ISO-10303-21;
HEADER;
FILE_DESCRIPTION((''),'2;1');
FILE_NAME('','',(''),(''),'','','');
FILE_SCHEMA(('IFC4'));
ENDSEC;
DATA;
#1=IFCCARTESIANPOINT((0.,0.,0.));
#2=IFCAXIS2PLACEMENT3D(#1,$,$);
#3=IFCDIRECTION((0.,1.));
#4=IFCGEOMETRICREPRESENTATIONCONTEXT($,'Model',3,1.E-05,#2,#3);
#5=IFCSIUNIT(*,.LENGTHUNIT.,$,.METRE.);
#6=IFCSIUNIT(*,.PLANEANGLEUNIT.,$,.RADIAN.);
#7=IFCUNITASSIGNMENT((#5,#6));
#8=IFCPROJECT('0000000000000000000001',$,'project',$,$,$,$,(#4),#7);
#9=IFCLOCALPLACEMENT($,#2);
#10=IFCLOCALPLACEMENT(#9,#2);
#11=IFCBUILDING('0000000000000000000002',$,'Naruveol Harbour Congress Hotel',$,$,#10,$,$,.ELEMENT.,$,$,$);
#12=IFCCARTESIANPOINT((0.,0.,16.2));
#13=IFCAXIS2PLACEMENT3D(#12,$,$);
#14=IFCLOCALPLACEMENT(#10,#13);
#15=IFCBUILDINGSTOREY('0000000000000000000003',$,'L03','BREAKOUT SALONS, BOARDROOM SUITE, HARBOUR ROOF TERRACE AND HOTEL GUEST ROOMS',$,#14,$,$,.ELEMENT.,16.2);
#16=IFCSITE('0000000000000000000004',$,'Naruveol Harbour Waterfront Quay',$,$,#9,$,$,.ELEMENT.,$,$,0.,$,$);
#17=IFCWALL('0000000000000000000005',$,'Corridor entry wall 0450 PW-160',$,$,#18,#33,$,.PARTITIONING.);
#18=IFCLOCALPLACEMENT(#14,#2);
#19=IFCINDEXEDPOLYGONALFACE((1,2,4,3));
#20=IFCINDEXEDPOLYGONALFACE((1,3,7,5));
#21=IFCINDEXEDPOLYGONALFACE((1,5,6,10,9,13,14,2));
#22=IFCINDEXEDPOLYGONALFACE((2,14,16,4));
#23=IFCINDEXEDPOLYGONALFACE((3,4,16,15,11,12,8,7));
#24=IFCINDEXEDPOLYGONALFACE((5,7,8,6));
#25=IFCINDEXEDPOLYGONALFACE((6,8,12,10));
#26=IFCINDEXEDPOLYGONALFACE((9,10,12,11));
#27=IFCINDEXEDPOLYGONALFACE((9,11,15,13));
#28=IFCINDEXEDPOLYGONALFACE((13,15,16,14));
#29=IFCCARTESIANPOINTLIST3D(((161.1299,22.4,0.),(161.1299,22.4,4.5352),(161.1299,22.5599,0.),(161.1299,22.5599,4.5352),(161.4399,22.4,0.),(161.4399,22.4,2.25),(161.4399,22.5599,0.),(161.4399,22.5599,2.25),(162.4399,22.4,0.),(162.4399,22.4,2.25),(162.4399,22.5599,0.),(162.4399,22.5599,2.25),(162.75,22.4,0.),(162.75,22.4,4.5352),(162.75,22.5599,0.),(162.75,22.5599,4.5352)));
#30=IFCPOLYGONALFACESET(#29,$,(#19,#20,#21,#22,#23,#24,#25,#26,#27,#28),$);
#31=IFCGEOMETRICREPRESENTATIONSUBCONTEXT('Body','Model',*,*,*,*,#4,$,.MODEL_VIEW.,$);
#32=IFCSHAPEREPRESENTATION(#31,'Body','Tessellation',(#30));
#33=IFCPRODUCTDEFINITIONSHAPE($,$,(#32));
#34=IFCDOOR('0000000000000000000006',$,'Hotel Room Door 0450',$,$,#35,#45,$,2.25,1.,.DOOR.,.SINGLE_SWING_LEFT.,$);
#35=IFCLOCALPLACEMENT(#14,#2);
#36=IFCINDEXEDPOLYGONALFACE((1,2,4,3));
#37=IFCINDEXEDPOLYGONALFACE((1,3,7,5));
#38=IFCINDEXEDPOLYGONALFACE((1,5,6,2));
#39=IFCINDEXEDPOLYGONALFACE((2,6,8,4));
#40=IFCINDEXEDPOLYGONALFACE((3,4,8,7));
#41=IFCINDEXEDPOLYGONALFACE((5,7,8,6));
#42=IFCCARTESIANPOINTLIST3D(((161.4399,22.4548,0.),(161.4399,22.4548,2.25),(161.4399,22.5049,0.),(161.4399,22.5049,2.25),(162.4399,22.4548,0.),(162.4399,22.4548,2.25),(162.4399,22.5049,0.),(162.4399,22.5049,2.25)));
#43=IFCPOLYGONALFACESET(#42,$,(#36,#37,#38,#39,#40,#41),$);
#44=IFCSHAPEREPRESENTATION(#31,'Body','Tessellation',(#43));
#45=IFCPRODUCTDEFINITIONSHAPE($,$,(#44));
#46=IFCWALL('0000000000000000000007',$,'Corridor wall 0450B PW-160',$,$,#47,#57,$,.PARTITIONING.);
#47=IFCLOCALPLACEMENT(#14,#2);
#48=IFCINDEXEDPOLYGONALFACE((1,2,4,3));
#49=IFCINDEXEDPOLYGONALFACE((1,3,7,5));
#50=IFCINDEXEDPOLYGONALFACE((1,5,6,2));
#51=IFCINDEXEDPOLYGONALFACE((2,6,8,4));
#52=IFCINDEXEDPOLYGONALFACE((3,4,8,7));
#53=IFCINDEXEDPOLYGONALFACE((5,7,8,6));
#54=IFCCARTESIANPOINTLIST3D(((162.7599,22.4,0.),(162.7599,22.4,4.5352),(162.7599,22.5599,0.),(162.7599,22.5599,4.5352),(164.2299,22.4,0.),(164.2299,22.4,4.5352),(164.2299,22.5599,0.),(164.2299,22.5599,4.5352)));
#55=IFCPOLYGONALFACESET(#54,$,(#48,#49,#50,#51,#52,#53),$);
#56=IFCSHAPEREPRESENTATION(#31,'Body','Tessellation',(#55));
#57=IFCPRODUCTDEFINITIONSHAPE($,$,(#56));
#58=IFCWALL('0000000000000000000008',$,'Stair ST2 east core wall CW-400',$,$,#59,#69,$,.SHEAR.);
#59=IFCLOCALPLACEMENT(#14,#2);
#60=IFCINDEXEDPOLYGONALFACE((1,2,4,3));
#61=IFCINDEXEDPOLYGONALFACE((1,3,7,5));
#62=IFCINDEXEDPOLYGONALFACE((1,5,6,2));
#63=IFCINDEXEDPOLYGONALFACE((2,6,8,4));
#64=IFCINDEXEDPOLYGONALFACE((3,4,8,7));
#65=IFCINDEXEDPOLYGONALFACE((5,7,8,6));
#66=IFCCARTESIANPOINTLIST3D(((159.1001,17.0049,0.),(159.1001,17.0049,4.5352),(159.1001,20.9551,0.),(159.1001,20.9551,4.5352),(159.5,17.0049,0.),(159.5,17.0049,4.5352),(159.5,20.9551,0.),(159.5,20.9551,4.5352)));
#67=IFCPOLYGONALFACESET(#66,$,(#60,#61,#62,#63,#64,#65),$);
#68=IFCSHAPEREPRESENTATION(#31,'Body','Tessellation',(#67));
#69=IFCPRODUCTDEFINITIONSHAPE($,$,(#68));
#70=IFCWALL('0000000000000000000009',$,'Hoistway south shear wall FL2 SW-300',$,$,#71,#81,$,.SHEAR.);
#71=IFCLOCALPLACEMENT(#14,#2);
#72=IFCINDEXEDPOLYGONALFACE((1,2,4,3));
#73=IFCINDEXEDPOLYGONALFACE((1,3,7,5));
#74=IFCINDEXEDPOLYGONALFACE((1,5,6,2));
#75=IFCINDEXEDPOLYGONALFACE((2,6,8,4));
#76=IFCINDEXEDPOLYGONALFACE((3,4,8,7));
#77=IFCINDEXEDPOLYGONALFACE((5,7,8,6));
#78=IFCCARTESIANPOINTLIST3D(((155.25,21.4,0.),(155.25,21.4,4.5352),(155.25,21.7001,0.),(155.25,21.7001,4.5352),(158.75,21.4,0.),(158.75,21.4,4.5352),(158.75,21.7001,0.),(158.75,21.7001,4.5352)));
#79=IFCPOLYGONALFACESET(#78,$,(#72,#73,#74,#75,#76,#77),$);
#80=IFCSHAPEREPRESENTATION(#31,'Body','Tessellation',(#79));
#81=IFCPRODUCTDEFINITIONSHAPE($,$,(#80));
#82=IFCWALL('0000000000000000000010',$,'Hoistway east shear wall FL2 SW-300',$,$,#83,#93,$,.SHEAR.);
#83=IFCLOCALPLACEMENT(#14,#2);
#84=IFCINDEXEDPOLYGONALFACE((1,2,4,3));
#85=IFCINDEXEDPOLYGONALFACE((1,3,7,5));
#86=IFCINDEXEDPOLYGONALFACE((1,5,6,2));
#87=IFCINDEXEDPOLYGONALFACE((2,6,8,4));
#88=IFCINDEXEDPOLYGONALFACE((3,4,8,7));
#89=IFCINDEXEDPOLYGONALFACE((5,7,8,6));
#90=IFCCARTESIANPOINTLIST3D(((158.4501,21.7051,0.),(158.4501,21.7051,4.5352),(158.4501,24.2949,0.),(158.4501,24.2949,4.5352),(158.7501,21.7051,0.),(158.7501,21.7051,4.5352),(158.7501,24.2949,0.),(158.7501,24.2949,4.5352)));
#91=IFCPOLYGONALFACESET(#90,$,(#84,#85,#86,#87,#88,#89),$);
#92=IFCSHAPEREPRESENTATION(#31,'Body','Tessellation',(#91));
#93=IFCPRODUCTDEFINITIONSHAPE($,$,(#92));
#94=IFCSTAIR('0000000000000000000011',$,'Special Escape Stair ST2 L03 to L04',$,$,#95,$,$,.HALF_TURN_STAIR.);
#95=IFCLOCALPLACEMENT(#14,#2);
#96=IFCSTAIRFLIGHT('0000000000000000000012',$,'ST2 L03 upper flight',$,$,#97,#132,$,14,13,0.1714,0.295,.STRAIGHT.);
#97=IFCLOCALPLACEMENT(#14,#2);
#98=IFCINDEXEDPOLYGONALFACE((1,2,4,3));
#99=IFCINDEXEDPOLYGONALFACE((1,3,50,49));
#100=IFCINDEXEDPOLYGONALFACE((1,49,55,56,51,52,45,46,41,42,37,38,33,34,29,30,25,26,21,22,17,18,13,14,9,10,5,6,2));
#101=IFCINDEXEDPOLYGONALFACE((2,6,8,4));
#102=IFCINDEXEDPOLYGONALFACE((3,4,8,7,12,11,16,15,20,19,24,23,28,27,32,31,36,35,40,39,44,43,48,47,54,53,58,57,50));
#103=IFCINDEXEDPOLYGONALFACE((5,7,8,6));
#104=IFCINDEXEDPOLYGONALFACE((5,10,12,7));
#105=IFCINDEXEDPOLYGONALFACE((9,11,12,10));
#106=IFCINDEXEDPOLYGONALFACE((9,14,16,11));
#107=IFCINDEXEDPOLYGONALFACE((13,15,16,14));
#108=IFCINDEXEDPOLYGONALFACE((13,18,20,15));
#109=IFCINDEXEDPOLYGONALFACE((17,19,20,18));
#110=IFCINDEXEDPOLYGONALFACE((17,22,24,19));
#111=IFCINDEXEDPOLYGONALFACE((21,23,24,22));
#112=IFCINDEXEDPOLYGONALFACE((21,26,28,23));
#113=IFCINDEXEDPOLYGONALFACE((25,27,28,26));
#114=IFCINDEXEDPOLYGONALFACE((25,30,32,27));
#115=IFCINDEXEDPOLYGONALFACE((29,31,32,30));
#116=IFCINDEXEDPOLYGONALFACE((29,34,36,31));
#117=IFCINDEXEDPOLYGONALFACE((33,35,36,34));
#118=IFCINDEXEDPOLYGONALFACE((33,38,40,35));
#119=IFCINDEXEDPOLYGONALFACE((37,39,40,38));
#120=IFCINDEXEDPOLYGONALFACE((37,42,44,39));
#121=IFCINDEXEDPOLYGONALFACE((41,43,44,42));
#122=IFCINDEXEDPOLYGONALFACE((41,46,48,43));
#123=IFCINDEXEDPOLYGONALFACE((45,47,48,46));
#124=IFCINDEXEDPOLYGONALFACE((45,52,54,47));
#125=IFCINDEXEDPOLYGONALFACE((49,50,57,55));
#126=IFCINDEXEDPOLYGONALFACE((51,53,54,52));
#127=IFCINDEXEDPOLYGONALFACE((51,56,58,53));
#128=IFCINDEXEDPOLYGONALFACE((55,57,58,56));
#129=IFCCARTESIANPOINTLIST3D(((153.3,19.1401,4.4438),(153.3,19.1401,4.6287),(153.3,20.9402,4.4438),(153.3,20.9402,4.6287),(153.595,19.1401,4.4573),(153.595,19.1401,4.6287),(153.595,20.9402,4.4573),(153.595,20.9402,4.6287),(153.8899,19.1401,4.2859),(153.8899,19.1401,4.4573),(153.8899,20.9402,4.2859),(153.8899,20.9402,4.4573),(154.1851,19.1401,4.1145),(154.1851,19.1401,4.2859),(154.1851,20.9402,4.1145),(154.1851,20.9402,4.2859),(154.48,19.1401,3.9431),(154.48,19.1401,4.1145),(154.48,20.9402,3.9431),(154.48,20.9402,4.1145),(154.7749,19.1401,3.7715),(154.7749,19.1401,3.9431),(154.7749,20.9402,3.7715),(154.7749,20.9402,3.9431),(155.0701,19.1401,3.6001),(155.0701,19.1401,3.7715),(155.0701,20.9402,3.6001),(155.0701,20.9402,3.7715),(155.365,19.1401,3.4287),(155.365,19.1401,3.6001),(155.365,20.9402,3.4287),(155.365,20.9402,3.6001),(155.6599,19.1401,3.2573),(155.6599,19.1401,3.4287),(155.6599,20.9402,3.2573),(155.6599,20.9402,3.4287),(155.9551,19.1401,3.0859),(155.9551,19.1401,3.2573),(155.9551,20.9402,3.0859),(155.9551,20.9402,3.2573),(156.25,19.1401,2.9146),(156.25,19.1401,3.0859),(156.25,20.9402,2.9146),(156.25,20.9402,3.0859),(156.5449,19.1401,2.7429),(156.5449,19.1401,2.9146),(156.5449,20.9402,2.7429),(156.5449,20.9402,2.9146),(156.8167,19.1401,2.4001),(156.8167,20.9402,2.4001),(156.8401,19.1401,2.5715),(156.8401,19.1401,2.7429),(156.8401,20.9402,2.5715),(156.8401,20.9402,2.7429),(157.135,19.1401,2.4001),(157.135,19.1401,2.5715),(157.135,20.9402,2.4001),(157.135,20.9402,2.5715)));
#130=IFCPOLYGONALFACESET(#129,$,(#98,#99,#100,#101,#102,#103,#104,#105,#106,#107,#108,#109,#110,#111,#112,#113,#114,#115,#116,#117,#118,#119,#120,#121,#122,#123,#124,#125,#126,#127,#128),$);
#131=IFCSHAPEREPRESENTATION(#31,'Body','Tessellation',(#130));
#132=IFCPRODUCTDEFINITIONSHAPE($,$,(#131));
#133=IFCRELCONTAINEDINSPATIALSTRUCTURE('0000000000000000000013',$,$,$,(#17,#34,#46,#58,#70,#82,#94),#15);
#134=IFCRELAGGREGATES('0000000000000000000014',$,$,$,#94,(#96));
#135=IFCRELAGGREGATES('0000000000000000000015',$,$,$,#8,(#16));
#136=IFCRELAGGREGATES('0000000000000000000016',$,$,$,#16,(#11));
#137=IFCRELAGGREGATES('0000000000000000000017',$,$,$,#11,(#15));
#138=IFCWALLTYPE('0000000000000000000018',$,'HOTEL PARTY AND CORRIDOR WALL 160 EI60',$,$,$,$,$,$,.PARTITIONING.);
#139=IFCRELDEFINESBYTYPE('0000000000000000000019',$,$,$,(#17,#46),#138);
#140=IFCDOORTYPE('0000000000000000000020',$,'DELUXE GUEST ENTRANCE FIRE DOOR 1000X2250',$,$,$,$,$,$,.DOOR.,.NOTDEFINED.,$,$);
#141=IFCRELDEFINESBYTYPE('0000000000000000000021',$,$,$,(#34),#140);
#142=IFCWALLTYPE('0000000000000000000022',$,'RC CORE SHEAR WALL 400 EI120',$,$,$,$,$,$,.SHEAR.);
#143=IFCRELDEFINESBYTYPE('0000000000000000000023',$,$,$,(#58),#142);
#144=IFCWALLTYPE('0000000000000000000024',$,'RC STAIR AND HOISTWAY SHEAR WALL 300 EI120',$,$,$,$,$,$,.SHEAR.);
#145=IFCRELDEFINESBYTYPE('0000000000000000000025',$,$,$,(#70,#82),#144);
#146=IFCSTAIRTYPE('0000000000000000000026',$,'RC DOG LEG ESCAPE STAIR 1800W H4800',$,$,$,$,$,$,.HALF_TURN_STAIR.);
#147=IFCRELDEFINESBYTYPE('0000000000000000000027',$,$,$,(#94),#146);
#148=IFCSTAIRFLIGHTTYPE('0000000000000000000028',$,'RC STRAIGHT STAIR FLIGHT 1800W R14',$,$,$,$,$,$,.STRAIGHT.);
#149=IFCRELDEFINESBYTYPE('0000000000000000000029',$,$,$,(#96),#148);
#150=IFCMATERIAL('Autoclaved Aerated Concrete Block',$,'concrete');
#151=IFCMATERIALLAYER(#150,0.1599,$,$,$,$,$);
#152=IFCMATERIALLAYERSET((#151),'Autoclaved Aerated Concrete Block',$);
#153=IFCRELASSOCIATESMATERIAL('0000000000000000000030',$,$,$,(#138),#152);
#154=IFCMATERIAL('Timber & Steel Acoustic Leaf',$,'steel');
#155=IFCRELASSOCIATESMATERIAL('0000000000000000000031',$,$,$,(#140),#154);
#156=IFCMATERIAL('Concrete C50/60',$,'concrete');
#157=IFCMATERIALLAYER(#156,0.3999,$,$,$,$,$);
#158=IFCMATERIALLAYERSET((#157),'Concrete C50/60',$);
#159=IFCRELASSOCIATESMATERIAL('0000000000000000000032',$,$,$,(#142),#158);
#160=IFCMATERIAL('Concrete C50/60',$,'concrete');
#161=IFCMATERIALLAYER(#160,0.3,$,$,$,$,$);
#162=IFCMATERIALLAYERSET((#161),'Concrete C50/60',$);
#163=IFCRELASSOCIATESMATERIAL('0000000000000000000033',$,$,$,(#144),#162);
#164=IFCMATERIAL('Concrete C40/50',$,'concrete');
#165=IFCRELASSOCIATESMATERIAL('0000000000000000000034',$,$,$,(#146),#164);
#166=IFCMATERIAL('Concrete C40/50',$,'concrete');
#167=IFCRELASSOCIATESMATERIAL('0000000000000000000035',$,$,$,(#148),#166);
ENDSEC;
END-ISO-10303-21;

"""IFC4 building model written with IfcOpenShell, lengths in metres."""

from ifc_helpers import new_model, si_unit, direction, frame, frame_2d, origin, place, context, subcontext, project, spatial, polyline, rectangle, outline, extrude, material, layer, layer_set, type_object, element, fill, aggregate, save


model = new_model("IFC4")

# Units and contexts
model_context = context("Model", 3, precision=1e-05, world=origin(), true_north=direction((0.0, 1.0)))
body_context = subcontext(model_context, "Body", "Model", "MODEL_VIEW")
ifc_project = project(units=[si_unit("LENGTHUNIT", "METRE"), si_unit("PLANEANGLEUNIT", "RADIAN")], contexts=[model_context])

# Site, building, storey
site_placement = place(None, origin())
site = spatial("IfcSite", under=ifc_project, at=site_placement, Name="Naruveol Harbour Waterfront Quay", CompositionType="ELEMENT", RefElevation=0.0)
building_placement = place(site_placement, origin())
building = spatial("IfcBuilding", under=site, at=building_placement, Name="Naruveol Harbour Congress Hotel", CompositionType="ELEMENT")
storey_placement = place(building_placement, frame((0.0, 0.0, 16.2)))
storey = spatial("IfcBuildingStorey", under=building, at=storey_placement, Name="L03", Description="BREAKOUT SALONS, BOARDROOM SUITE, HARBOUR ROOF TERRACE AND HOTEL GUEST ROOMS", CompositionType="ELEMENT", Elevation=16.2)

# Wall, opening, door
ifc_material_1 = material(Name="Autoclaved Aerated Concrete Block", Category="concrete")
ifc_layer_1 = layer(ifc_material_1, 0.1599)
ifc_layer_set_1 = layer_set([ifc_layer_1], Name="Autoclaved Aerated Concrete Block")
wall_type_1 = type_object("IfcWallType", Name="HOTEL PARTY AND CORRIDOR WALL 160 EI60", PredefinedType="PARTITIONING", material=ifc_layer_set_1)
wall_1_placement = place(storey_placement, frame((161.1299, 22.48, 0.0), z_axis=(0.0, 0.0, 1.0), x_axis=(1.0, 0.0, 0.0)))
wall_1 = element("IfcWall", 1, at=wall_1_placement, inside=storey, type_object=wall_type_1, Name="Corridor entry wall 0450 PW-160", PredefinedType="PARTITIONING", context=body_context, shape_type="SweptSolid", body=[
    extrude(rectangle(XDim=1.6201, YDim=0.1599, at=frame_2d((0.8101, 0.0))), origin(), (0.0, 0.0, 1.0), 4.5352),
])
opening_1_placement = place(wall_1_placement, frame((0.3101, 0.0, 0.0)))
opening_1 = element("IfcOpeningElement", 2, at=opening_1_placement, cuts=wall_1, PredefinedType="OPENING", context=body_context, shape_type="SweptSolid", body=[
    extrude(rectangle(XDim=1.0, YDim=2.25, at=frame_2d((0.5, 1.125))), frame((0.0, 0.0898, 0.0), z_axis=(0.0, -1.0, 0.0), x_axis=(1.0, 0.0, 0.0)), (0.0, 0.0, 1.0), 0.1799),
])
ifc_material_2 = material(Name="Timber & Steel Acoustic Leaf", Category="steel")
door_type_1 = type_object("IfcDoorType", Name="DELUXE GUEST ENTRANCE FIRE DOOR 1000X2250", OperationType="NOTDEFINED", PredefinedType="DOOR", material=ifc_material_2)
door_1_placement = place(opening_1_placement, origin())
door_1 = element("IfcDoor", 3, at=door_1_placement, inside=storey, type_object=door_type_1, Name="Hotel Room Door 0450", OperationType="SINGLE_SWING_LEFT", OverallHeight=2.25, OverallWidth=1.0, PredefinedType="DOOR", context=body_context, shape_type="SweptSolid", body=[
    extrude(rectangle(XDim=1.0, YDim=2.25, at=frame_2d((0.5, 1.125))), frame((0.0, 0.0249, 0.0), z_axis=(0.0, -1.0, 0.0), x_axis=(1.0, 0.0, 0.0)), (0.0, 0.0, 1.0), 0.05),
])
fill(opening_1, door_1)

# Walls
wall_2_placement = place(storey_placement, frame((162.76, 22.48, 0.0), z_axis=(0.0, 0.0, 1.0), x_axis=(1.0, 0.0, 0.0)))
element("IfcWall", 4, at=wall_2_placement, inside=storey, type_object=wall_type_1, Name="Corridor wall 0450B PW-160", PredefinedType="PARTITIONING", context=body_context, shape_type="SweptSolid", body=[
    extrude(rectangle(XDim=1.47, YDim=0.1599, at=frame_2d((0.7349, 0.0))), origin(), (0.0, 0.0, 1.0), 4.5352),
])
ifc_material_3 = material(Name="Concrete C50/60", Category="concrete")
ifc_layer_2 = layer(ifc_material_3, 0.3999)
ifc_layer_set_2 = layer_set([ifc_layer_2], Name="Concrete C50/60")
wall_type_2 = type_object("IfcWallType", Name="RC CORE SHEAR WALL 400 EI120", PredefinedType="SHEAR", material=ifc_layer_set_2)
wall_3_placement = place(storey_placement, frame((159.3, 17.0049, 0.0), z_axis=(0.0, 0.0, 1.0), x_axis=(0.0, 1.0, 0.0)))
element("IfcWall", 5, at=wall_3_placement, inside=storey, type_object=wall_type_2, Name="Stair ST2 east core wall CW-400", PredefinedType="SHEAR", context=body_context, shape_type="SweptSolid", body=[
    extrude(rectangle(XDim=3.9502, YDim=0.3999, at=frame_2d((1.9751, 0.0))), origin(), (0.0, 0.0, 1.0), 4.5352),
])
ifc_material_4 = material(Name="Concrete C50/60", Category="concrete")
ifc_layer_3 = layer(ifc_material_4, 0.3)
ifc_layer_set_3 = layer_set([ifc_layer_3], Name="Concrete C50/60")
wall_type_3 = type_object("IfcWallType", Name="RC STAIR AND HOISTWAY SHEAR WALL 300 EI120", PredefinedType="SHEAR", material=ifc_layer_set_3)
wall_4_placement = place(storey_placement, frame((155.25, 21.55, 0.0), z_axis=(0.0, 0.0, 1.0), x_axis=(1.0, 0.0, 0.0)))
element("IfcWall", 6, at=wall_4_placement, inside=storey, type_object=wall_type_3, Name="Hoistway south shear wall FL2 SW-300", PredefinedType="SHEAR", context=body_context, shape_type="SweptSolid", body=[
    extrude(rectangle(XDim=3.5, YDim=0.3, at=frame_2d((1.75, 0.0))), origin(), (0.0, 0.0, 1.0), 4.5352),
])
wall_5_placement = place(storey_placement, frame((158.6001, 21.7051, 0.0), z_axis=(0.0, 0.0, 1.0), x_axis=(0.0, 1.0, 0.0)))
element("IfcWall", 7, at=wall_5_placement, inside=storey, type_object=wall_type_3, Name="Hoistway east shear wall FL2 SW-300", PredefinedType="SHEAR", context=body_context, shape_type="SweptSolid", body=[
    extrude(rectangle(XDim=2.5898, YDim=0.3, at=frame_2d((1.2949, 0.0))), origin(), (0.0, 0.0, 1.0), 4.5352),
])

# Stair, stair flight
ifc_material_5 = material(Name="Concrete C40/50", Category="concrete")
stair_type = type_object("IfcStairType", Name="RC DOG LEG ESCAPE STAIR 1800W H4800", PredefinedType="HALF_TURN_STAIR", material=ifc_material_5)
stair_placement = place(storey_placement, origin())
stair = element("IfcStair", 8, at=stair_placement, inside=storey, type_object=stair_type, Name="Special Escape Stair ST2 L03 to L04", PredefinedType="HALF_TURN_STAIR")
ifc_material_6 = material(Name="Concrete C40/50", Category="concrete")
stair_flight_type = type_object("IfcStairFlightType", Name="RC STRAIGHT STAIR FLIGHT 1800W R14", PredefinedType="STRAIGHT", material=ifc_material_6)
stair_flight_placement = place(storey_placement, frame((157.135, 20.04, 2.4001), z_axis=(0.0, 0.0, 1.0), x_axis=(-1.0, 0.0, 0.0)))
stair_flight = element("IfcStairFlight", 9, at=stair_flight_placement, type_object=stair_flight_type, Name="ST2 L03 upper flight", NumberOfRisers=14, NumberOfTreads=13, PredefinedType="STRAIGHT", RiserHeight=0.1714, TreadLength=0.295, context=body_context, shape_type="SweptSolid", body=[
    extrude(outline(polyline([(0.0, 0.0), (0.0, 0.1714), (0.2949, 0.1714), (0.2949, 0.3428), (0.5901, 0.3428), (0.5901, 0.5144), (0.885, 0.5144), (0.885, 0.6858), (1.1799, 0.6858), (1.1799, 0.8572), (1.4751, 0.8572), (1.4751, 1.0286), (1.77, 1.0286), (1.77, 1.2), (2.0649, 1.2), (2.0649, 1.3713), (2.3601, 1.3713), (2.3601, 1.543), (2.655, 1.543), (2.655, 1.7144), (2.95, 1.7144), (2.95, 1.8857), (3.2451, 1.8857), (3.2451, 2.0571), (3.54, 2.0571), (3.54, 2.2285), (3.835, 2.2285), (3.835, 2.3999), (3.835, 2.0437), (0.3184, 0.0), (0.0, 0.0)])), frame((0.0, 0.8999, 0.0), z_axis=(0.0, -1.0, 0.0), x_axis=(1.0, 0.0, 0.0)), (0.0, 0.0, 1.0), 1.8),
])
aggregate(stair, [stair_flight])

save(model, "model.ifc")
